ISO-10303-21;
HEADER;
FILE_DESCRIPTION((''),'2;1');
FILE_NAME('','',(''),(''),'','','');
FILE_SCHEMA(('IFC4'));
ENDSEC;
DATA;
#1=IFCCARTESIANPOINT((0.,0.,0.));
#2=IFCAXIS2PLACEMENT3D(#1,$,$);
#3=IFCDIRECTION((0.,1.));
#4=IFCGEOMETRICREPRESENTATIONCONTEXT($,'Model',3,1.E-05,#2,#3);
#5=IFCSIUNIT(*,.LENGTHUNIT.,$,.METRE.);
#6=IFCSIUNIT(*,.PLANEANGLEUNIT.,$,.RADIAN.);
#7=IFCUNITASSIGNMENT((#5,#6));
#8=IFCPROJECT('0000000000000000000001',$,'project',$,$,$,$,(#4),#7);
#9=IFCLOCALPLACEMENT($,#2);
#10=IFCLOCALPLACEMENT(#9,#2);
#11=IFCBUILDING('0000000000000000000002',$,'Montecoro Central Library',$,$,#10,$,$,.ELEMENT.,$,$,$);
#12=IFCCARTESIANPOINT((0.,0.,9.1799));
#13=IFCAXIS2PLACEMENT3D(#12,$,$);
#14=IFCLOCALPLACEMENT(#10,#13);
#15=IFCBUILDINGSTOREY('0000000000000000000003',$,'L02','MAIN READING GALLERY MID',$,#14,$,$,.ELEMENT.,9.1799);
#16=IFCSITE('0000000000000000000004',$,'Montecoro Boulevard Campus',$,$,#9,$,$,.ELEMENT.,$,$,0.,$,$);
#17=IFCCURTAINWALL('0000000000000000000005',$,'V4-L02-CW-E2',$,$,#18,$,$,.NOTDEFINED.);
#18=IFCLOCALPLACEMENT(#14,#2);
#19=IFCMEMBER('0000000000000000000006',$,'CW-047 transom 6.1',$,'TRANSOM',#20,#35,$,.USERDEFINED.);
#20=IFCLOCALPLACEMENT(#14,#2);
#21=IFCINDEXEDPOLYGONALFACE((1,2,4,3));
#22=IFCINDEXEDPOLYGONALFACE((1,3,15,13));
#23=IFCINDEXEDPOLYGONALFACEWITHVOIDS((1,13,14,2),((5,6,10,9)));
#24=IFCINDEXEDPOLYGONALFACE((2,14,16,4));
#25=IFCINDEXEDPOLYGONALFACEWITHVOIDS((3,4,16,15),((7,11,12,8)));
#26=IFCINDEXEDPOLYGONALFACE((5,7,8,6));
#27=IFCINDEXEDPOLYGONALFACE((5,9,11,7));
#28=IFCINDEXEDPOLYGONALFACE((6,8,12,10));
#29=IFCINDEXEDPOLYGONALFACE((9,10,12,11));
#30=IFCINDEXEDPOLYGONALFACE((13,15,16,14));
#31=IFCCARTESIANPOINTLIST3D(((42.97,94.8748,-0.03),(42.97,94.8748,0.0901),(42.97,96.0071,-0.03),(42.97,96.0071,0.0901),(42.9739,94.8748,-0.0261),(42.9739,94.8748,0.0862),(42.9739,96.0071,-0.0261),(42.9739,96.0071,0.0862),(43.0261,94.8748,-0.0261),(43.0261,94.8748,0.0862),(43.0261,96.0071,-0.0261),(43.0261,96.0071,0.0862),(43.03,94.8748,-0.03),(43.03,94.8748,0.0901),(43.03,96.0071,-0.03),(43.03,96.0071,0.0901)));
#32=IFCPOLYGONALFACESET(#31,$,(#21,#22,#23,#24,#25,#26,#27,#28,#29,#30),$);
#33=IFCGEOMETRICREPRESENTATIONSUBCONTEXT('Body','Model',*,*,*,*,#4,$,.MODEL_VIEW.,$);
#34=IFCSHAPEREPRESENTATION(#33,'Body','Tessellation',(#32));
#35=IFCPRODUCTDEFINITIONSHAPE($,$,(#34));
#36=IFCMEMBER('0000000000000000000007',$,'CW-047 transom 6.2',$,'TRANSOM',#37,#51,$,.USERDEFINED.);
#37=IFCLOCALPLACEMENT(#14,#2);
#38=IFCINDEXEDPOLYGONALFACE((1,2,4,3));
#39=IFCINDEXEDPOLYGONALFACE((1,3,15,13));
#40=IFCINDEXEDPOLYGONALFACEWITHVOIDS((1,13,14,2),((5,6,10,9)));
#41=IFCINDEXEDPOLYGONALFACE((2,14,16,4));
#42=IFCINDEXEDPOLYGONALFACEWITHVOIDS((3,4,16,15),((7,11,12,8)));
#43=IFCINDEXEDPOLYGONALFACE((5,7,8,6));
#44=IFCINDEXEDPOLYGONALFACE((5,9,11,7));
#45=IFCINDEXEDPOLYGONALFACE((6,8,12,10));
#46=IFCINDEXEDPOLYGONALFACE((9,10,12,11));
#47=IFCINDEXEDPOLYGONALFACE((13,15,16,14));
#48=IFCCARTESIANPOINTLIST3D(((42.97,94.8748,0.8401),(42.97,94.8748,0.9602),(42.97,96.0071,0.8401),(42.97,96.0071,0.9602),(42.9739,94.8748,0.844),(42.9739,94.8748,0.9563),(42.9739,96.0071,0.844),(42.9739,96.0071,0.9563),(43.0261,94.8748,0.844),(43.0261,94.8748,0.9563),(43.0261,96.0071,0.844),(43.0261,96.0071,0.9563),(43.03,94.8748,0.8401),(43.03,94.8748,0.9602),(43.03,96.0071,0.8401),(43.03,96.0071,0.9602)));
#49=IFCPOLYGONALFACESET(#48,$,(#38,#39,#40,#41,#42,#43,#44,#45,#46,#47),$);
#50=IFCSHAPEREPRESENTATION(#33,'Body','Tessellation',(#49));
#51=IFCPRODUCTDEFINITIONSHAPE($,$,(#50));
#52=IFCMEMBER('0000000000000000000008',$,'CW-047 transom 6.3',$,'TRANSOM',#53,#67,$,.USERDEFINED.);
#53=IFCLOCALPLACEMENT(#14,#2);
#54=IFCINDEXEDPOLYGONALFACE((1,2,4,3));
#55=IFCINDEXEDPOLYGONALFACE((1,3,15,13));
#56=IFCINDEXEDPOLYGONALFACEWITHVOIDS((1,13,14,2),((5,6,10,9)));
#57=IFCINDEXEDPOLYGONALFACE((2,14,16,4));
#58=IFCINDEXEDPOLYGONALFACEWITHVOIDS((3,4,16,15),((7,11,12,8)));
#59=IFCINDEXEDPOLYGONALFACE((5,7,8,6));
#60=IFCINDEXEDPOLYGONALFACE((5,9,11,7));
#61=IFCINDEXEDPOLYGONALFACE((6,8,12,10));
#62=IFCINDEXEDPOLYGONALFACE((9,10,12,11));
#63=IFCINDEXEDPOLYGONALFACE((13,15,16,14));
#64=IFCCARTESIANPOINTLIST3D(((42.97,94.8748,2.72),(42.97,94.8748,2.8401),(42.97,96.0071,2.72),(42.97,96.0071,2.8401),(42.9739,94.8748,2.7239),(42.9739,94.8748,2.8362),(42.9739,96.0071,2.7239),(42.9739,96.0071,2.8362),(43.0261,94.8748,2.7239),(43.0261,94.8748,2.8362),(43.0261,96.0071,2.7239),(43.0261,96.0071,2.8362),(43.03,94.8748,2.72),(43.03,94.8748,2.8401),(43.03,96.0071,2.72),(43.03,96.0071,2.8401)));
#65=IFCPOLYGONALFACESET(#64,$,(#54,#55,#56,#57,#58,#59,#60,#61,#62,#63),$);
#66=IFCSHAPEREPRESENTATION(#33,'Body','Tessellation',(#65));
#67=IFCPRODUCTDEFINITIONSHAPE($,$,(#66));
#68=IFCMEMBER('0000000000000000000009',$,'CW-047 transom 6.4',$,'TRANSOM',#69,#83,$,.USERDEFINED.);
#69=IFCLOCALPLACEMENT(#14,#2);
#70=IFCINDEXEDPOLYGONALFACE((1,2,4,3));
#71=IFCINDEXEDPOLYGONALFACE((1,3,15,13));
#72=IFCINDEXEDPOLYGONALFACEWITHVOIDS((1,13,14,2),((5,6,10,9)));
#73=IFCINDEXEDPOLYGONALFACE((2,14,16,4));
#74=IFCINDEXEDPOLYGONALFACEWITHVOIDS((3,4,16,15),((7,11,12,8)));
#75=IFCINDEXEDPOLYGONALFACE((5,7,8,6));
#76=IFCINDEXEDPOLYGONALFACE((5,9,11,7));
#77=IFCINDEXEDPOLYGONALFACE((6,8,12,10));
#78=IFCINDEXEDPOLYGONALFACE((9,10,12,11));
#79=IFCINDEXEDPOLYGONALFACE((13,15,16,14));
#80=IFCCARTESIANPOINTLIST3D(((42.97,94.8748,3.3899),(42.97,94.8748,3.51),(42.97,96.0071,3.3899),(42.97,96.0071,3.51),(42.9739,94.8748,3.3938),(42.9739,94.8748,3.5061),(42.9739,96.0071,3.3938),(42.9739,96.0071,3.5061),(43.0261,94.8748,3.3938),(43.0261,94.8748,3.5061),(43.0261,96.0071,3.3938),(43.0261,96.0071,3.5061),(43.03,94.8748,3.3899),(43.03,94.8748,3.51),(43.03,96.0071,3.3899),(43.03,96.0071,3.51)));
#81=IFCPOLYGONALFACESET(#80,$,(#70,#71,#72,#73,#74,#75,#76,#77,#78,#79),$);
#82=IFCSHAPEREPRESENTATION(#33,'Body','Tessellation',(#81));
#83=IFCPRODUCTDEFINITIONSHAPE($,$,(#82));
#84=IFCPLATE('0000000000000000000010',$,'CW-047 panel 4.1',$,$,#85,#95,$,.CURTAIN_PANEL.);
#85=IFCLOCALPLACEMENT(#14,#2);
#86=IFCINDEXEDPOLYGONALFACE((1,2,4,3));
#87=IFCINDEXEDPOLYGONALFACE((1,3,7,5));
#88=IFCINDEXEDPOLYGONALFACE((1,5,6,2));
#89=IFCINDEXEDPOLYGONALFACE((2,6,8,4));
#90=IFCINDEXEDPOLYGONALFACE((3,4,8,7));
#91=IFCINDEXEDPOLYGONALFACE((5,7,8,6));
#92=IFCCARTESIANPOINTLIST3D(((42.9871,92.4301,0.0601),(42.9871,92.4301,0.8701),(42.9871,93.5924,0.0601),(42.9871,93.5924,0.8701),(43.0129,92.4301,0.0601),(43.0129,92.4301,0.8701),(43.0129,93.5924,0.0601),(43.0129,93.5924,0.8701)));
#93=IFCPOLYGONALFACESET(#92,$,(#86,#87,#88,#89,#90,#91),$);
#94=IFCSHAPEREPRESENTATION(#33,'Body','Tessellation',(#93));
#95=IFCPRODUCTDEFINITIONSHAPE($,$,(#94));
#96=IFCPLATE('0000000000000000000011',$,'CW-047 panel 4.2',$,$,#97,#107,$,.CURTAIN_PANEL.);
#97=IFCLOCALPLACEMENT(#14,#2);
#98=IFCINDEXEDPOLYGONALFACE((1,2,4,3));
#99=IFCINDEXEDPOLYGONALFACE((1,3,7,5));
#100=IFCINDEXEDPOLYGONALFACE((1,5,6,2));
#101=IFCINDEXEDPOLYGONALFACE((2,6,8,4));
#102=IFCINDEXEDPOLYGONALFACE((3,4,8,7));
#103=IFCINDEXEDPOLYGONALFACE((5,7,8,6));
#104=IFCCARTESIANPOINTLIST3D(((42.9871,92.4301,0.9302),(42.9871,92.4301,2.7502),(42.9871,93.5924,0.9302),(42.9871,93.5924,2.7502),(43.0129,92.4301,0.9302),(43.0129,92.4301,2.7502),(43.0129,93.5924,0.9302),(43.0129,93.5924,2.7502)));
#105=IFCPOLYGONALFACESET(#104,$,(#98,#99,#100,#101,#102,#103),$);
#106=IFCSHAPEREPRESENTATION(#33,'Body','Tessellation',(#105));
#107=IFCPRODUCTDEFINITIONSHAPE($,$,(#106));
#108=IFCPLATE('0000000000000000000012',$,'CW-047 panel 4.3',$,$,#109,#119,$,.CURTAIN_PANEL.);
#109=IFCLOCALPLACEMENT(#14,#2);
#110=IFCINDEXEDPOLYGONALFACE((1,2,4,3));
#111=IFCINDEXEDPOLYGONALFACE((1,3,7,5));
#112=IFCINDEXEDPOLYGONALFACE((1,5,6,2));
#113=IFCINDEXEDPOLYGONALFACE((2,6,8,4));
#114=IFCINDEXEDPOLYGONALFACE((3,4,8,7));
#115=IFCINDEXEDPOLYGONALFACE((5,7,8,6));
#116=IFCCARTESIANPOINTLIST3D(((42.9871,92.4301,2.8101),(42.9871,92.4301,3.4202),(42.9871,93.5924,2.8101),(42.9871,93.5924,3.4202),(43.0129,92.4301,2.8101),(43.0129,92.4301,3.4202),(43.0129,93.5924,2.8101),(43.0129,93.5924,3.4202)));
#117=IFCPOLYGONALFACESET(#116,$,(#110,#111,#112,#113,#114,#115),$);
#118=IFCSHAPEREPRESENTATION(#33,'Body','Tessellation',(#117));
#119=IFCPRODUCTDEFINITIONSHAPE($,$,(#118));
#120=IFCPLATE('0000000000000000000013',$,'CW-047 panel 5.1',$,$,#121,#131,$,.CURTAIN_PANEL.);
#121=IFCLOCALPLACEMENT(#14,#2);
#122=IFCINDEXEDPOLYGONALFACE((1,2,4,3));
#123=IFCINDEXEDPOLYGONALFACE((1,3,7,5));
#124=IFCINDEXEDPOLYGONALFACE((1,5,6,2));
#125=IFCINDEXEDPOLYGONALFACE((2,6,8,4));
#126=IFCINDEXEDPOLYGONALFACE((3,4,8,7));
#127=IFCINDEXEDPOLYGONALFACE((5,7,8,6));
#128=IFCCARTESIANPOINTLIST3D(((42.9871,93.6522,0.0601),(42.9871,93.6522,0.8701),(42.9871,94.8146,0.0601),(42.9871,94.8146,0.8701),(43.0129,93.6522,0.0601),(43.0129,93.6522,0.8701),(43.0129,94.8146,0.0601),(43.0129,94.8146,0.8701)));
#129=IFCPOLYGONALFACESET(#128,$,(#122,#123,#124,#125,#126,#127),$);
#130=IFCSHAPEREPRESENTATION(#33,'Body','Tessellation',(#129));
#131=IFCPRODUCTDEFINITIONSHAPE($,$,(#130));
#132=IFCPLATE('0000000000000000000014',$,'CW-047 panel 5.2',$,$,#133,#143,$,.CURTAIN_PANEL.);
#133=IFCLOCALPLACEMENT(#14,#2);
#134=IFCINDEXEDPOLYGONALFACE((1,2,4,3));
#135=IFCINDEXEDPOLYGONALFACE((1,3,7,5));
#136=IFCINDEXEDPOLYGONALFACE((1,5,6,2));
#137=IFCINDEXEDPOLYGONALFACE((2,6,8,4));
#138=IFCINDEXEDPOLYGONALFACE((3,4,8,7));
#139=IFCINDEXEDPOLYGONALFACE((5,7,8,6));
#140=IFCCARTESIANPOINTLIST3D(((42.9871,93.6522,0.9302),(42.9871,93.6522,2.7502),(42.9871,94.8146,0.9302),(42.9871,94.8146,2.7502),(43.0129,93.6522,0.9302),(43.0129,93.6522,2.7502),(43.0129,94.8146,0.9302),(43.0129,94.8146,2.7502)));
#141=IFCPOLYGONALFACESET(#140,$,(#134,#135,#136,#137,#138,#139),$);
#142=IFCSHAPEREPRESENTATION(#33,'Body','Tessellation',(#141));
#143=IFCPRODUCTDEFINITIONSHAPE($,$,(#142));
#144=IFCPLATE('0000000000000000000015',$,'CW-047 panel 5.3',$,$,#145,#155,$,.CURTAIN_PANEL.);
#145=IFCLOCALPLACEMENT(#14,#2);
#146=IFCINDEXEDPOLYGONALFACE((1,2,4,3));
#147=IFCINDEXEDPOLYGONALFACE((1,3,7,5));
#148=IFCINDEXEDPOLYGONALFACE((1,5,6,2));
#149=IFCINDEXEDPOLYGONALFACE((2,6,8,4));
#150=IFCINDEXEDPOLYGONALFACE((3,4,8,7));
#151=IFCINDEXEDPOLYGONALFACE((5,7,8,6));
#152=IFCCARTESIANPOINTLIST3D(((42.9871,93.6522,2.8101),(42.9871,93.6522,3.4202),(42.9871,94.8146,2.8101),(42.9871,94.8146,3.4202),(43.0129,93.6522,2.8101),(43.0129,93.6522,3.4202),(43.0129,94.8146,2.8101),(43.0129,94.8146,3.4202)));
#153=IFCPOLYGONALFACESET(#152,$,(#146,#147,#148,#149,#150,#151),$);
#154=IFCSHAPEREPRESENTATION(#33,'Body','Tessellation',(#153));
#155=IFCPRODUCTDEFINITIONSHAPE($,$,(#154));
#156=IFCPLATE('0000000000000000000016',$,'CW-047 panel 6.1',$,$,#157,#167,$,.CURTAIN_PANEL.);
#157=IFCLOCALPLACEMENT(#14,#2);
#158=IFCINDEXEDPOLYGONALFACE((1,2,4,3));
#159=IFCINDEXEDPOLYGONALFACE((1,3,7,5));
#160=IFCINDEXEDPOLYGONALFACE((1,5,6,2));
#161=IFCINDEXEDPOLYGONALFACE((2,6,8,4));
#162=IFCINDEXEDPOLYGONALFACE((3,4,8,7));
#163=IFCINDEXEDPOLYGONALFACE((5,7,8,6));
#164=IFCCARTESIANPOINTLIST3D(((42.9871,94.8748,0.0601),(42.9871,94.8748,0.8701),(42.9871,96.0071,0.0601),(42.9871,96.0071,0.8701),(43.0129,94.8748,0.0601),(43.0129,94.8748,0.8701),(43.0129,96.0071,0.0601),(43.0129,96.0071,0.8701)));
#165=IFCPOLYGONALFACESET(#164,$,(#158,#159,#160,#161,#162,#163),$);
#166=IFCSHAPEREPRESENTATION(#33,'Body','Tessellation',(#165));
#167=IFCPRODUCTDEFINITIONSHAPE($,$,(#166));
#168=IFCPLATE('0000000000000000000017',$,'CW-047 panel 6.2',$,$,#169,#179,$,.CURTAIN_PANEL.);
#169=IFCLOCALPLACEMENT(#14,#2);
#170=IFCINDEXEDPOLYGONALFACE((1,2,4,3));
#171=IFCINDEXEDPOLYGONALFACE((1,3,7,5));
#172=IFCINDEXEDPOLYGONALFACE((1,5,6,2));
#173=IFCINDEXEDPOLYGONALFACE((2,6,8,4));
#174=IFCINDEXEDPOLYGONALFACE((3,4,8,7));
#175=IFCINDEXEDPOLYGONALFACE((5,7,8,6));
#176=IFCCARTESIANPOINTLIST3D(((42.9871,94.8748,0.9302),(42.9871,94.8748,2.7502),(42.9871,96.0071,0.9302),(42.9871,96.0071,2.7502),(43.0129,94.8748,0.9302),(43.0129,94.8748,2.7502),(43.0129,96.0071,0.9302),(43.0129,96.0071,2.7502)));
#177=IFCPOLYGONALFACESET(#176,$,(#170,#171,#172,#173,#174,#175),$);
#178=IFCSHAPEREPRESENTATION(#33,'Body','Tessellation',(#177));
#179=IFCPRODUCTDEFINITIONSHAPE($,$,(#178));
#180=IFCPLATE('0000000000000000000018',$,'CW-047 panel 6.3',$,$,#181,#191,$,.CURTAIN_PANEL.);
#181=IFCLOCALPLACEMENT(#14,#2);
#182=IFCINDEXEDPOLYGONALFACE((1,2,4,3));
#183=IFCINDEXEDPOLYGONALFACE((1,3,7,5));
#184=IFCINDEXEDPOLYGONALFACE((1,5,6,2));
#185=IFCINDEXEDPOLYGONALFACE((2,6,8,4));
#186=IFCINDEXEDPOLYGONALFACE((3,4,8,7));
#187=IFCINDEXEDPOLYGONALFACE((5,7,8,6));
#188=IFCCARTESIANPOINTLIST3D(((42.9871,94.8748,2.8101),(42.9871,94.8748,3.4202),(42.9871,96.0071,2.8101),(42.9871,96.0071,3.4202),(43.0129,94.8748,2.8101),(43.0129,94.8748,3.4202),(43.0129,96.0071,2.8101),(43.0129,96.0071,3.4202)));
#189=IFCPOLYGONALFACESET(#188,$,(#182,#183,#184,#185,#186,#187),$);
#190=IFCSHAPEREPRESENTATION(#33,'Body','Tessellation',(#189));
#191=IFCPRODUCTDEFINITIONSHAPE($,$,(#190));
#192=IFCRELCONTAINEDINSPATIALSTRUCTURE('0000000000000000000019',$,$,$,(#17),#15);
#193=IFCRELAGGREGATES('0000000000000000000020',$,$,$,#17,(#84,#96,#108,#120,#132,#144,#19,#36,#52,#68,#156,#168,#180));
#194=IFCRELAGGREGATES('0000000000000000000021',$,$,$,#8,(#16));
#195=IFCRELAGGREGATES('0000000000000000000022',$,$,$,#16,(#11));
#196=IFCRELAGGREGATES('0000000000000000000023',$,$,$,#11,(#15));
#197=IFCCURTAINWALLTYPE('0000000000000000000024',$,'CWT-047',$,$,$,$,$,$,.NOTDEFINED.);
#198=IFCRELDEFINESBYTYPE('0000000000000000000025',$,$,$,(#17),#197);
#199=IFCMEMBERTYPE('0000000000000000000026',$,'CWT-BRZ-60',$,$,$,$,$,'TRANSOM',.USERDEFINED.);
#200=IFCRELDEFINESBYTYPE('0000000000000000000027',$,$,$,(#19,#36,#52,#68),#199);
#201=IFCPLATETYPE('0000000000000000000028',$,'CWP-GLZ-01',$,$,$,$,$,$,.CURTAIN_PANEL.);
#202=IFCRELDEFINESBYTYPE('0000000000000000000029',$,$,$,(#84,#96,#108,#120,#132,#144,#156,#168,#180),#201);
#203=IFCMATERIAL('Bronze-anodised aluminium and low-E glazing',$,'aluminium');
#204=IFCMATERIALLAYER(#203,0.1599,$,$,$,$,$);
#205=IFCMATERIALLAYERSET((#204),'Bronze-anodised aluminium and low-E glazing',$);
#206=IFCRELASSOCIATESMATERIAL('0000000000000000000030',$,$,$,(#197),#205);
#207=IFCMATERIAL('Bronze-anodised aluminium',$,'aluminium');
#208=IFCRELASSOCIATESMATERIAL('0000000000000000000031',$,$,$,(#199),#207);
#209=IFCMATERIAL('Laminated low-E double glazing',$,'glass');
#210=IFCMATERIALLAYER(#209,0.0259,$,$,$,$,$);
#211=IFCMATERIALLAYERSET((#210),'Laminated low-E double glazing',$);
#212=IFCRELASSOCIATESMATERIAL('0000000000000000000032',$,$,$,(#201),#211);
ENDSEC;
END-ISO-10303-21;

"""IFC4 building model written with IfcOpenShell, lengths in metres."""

from ifc_helpers import new_model, si_unit, direction, frame, origin, origin_2d, place, context, subcontext, project, spatial, rectangle, hollow_rectangle, extrude, material, layer, layer_set, material_profile, profile_set, type_object, element, aggregate, save


model = new_model("IFC4")

# Units and contexts
model_context = context("Model", 3, precision=1e-05, world=origin(), true_north=direction((0.0, 1.0)))
body_context = subcontext(model_context, "Body", "Model", "MODEL_VIEW")
ifc_project = project(units=[si_unit("LENGTHUNIT", "METRE"), si_unit("PLANEANGLEUNIT", "RADIAN")], contexts=[model_context])

# Site, building, storey
site_placement = place(None, origin())
site = spatial("IfcSite", under=ifc_project, at=site_placement, Name="Montecoro Boulevard Campus", CompositionType="ELEMENT", RefElevation=0.0)
building_placement = place(site_placement, origin())
building = spatial("IfcBuilding", under=site, at=building_placement, Name="Montecoro Central Library", CompositionType="ELEMENT")
storey_placement = place(building_placement, frame((0.0, 0.0, 9.1799)))
storey = spatial("IfcBuildingStorey", under=building, at=storey_placement, Name="L02", Description="MAIN READING GALLERY MID", CompositionType="ELEMENT", Elevation=9.1799)

# Curtain wall, members, plates
ifc_material_1 = material(Name="Bronze-anodised aluminium and low-E glazing", Category="aluminium")
ifc_layer_1 = layer(ifc_material_1, 0.1599)
ifc_layer_set_1 = layer_set([ifc_layer_1], Name="Bronze-anodised aluminium and low-E glazing")
curtain_wall_type = type_object("IfcCurtainWallType", Name="CWT-047", PredefinedType="NOTDEFINED", material=ifc_layer_set_1)
curtain_wall_placement = place(storey_placement, origin())
curtain_wall = element("IfcCurtainWall", 1, at=curtain_wall_placement, inside=storey, type_object=curtain_wall_type, Name="V4-L02-CW-E2", PredefinedType="NOTDEFINED")
ifc_material_2 = material(Name="Bronze-anodised aluminium", Category="aluminium")
ifc_material_profile_1 = material_profile(ifc_material_2, hollow_rectangle(XDim=0.0601, YDim=0.1201, WallThickness=0.0039, at=origin_2d()), Name="CWT 120x60x4.0")
ifc_profile_set_1 = profile_set([ifc_material_profile_1], Name="Bronze-anodised aluminium")
member_type_1 = type_object("IfcMemberType", Name="CWT-BRZ-60", ElementType="TRANSOM", PredefinedType="USERDEFINED", material=ifc_profile_set_1)
member_1_placement = place(storey_placement, frame((43.0, 94.8748, 0.03), z_axis=(0.0, 1.0, 0.0), x_axis=(-1.0, 0.0, 0.0)))
member_1 = element("IfcMember", 2, at=member_1_placement, type_object=member_type_1, Name="CW-047 transom 6.1", ObjectType="TRANSOM", PredefinedType="USERDEFINED", context=body_context, shape_type="SweptSolid", body=[
    extrude(hollow_rectangle(XDim=0.0601, YDim=0.1201, WallThickness=0.0039, at=origin_2d()), origin(), (0.0, 0.0, 1.0), 1.1323),
])
member_2_placement = place(storey_placement, frame((43.0, 94.8748, 0.9001), z_axis=(0.0, 1.0, 0.0), x_axis=(-1.0, 0.0, 0.0)))
member_2 = element("IfcMember", 3, at=member_2_placement, type_object=member_type_1, Name="CW-047 transom 6.2", ObjectType="TRANSOM", PredefinedType="USERDEFINED", context=body_context, shape_type="SweptSolid", body=[
    extrude(hollow_rectangle(XDim=0.0601, YDim=0.1201, WallThickness=0.0039, at=origin_2d()), origin(), (0.0, 0.0, 1.0), 1.1323),
])
member_3_placement = place(storey_placement, frame((43.0, 94.8748, 2.78), z_axis=(0.0, 1.0, 0.0), x_axis=(-1.0, 0.0, 0.0)))
member_3 = element("IfcMember", 4, at=member_3_placement, type_object=member_type_1, Name="CW-047 transom 6.3", ObjectType="TRANSOM", PredefinedType="USERDEFINED", context=body_context, shape_type="SweptSolid", body=[
    extrude(hollow_rectangle(XDim=0.0601, YDim=0.1201, WallThickness=0.0039, at=origin_2d()), origin(), (0.0, 0.0, 1.0), 1.1323),
])
member_4_placement = place(storey_placement, frame((43.0, 94.8748, 3.45), z_axis=(0.0, 1.0, 0.0), x_axis=(-1.0, 0.0, 0.0)))
member_4 = element("IfcMember", 5, at=member_4_placement, type_object=member_type_1, Name="CW-047 transom 6.4", ObjectType="TRANSOM", PredefinedType="USERDEFINED", context=body_context, shape_type="SweptSolid", body=[
    extrude(hollow_rectangle(XDim=0.0601, YDim=0.1201, WallThickness=0.0039, at=origin_2d()), origin(), (0.0, 0.0, 1.0), 1.1323),
])
ifc_material_3 = material(Name="Laminated low-E double glazing", Category="glass")
ifc_layer_2 = layer(ifc_material_3, 0.0259)
ifc_layer_set_2 = layer_set([ifc_layer_2], Name="Laminated low-E double glazing")
plate_type_1 = type_object("IfcPlateType", Name="CWP-GLZ-01", PredefinedType="CURTAIN_PANEL", material=ifc_layer_set_2)
plate_1_placement = place(storey_placement, frame((43.0, 93.0112, 0.0601), z_axis=(0.0, 0.0, 1.0), x_axis=(0.0, 1.0, 0.0)))
plate_1 = element("IfcPlate", 6, at=plate_1_placement, type_object=plate_type_1, Name="CW-047 panel 4.1", PredefinedType="CURTAIN_PANEL", context=body_context, shape_type="SweptSolid", body=[
    extrude(rectangle(XDim=1.1624, YDim=0.0259, at=origin_2d()), origin(), (0.0, 0.0, 1.0), 0.8101),
])
plate_2_placement = place(storey_placement, frame((43.0, 93.0112, 0.9302), z_axis=(0.0, 0.0, 1.0), x_axis=(0.0, 1.0, 0.0)))
plate_2 = element("IfcPlate", 7, at=plate_2_placement, type_object=plate_type_1, Name="CW-047 panel 4.2", PredefinedType="CURTAIN_PANEL", context=body_context, shape_type="SweptSolid", body=[
    extrude(rectangle(XDim=1.1624, YDim=0.0259, at=origin_2d()), origin(), (0.0, 0.0, 1.0), 1.8201),
])
plate_3_placement = place(storey_placement, frame((43.0, 93.0112, 2.8101), z_axis=(0.0, 0.0, 1.0), x_axis=(0.0, 1.0, 0.0)))
plate_3 = element("IfcPlate", 8, at=plate_3_placement, type_object=plate_type_1, Name="CW-047 panel 4.3", PredefinedType="CURTAIN_PANEL", context=body_context, shape_type="SweptSolid", body=[
    extrude(rectangle(XDim=1.1624, YDim=0.0259, at=origin_2d()), origin(), (0.0, 0.0, 1.0), 0.6101),
])
plate_4_placement = place(storey_placement, frame((43.0, 94.2334, 0.0601), z_axis=(0.0, 0.0, 1.0), x_axis=(0.0, 1.0, 0.0)))
plate_4 = element("IfcPlate", 9, at=plate_4_placement, type_object=plate_type_1, Name="CW-047 panel 5.1", PredefinedType="CURTAIN_PANEL", context=body_context, shape_type="SweptSolid", body=[
    extrude(rectangle(XDim=1.1624, YDim=0.0259, at=origin_2d()), origin(), (0.0, 0.0, 1.0), 0.8101),
])
plate_5_placement = place(storey_placement, frame((43.0, 94.2334, 0.9302), z_axis=(0.0, 0.0, 1.0), x_axis=(0.0, 1.0, 0.0)))
plate_5 = element("IfcPlate", 10, at=plate_5_placement, type_object=plate_type_1, Name="CW-047 panel 5.2", PredefinedType="CURTAIN_PANEL", context=body_context, shape_type="SweptSolid", body=[
    extrude(rectangle(XDim=1.1624, YDim=0.0259, at=origin_2d()), origin(), (0.0, 0.0, 1.0), 1.8201),
])
plate_6_placement = place(storey_placement, frame((43.0, 94.2334, 2.8101), z_axis=(0.0, 0.0, 1.0), x_axis=(0.0, 1.0, 0.0)))
plate_6 = element("IfcPlate", 11, at=plate_6_placement, type_object=plate_type_1, Name="CW-047 panel 5.3", PredefinedType="CURTAIN_PANEL", context=body_context, shape_type="SweptSolid", body=[
    extrude(rectangle(XDim=1.1624, YDim=0.0259, at=origin_2d()), origin(), (0.0, 0.0, 1.0), 0.6101),
])
plate_7_placement = place(storey_placement, frame((43.0, 95.4409, 0.0601), z_axis=(0.0, 0.0, 1.0), x_axis=(0.0, 1.0, 0.0)))
plate_7 = element("IfcPlate", 12, at=plate_7_placement, type_object=plate_type_1, Name="CW-047 panel 6.1", PredefinedType="CURTAIN_PANEL", context=body_context, shape_type="SweptSolid", body=[
    extrude(rectangle(XDim=1.1323, YDim=0.0259, at=origin_2d()), origin(), (0.0, 0.0, 1.0), 0.8101),
])
plate_8_placement = place(storey_placement, frame((43.0, 95.4409, 0.9302), z_axis=(0.0, 0.0, 1.0), x_axis=(0.0, 1.0, 0.0)))
plate_8 = element("IfcPlate", 13, at=plate_8_placement, type_object=plate_type_1, Name="CW-047 panel 6.2", PredefinedType="CURTAIN_PANEL", context=body_context, shape_type="SweptSolid", body=[
    extrude(rectangle(XDim=1.1323, YDim=0.0259, at=origin_2d()), origin(), (0.0, 0.0, 1.0), 1.8201),
])
plate_9_placement = place(storey_placement, frame((43.0, 95.4409, 2.8101), z_axis=(0.0, 0.0, 1.0), x_axis=(0.0, 1.0, 0.0)))
plate_9 = element("IfcPlate", 14, at=plate_9_placement, type_object=plate_type_1, Name="CW-047 panel 6.3", PredefinedType="CURTAIN_PANEL", context=body_context, shape_type="SweptSolid", body=[
    extrude(rectangle(XDim=1.1323, YDim=0.0259, at=origin_2d()), origin(), (0.0, 0.0, 1.0), 0.6101),
])
aggregate(curtain_wall, [plate_1, plate_2, plate_3, plate_4, plate_5, plate_6, member_1, member_2, member_3, member_4, plate_7, plate_8, plate_9])

save(model, "model.ifc")
